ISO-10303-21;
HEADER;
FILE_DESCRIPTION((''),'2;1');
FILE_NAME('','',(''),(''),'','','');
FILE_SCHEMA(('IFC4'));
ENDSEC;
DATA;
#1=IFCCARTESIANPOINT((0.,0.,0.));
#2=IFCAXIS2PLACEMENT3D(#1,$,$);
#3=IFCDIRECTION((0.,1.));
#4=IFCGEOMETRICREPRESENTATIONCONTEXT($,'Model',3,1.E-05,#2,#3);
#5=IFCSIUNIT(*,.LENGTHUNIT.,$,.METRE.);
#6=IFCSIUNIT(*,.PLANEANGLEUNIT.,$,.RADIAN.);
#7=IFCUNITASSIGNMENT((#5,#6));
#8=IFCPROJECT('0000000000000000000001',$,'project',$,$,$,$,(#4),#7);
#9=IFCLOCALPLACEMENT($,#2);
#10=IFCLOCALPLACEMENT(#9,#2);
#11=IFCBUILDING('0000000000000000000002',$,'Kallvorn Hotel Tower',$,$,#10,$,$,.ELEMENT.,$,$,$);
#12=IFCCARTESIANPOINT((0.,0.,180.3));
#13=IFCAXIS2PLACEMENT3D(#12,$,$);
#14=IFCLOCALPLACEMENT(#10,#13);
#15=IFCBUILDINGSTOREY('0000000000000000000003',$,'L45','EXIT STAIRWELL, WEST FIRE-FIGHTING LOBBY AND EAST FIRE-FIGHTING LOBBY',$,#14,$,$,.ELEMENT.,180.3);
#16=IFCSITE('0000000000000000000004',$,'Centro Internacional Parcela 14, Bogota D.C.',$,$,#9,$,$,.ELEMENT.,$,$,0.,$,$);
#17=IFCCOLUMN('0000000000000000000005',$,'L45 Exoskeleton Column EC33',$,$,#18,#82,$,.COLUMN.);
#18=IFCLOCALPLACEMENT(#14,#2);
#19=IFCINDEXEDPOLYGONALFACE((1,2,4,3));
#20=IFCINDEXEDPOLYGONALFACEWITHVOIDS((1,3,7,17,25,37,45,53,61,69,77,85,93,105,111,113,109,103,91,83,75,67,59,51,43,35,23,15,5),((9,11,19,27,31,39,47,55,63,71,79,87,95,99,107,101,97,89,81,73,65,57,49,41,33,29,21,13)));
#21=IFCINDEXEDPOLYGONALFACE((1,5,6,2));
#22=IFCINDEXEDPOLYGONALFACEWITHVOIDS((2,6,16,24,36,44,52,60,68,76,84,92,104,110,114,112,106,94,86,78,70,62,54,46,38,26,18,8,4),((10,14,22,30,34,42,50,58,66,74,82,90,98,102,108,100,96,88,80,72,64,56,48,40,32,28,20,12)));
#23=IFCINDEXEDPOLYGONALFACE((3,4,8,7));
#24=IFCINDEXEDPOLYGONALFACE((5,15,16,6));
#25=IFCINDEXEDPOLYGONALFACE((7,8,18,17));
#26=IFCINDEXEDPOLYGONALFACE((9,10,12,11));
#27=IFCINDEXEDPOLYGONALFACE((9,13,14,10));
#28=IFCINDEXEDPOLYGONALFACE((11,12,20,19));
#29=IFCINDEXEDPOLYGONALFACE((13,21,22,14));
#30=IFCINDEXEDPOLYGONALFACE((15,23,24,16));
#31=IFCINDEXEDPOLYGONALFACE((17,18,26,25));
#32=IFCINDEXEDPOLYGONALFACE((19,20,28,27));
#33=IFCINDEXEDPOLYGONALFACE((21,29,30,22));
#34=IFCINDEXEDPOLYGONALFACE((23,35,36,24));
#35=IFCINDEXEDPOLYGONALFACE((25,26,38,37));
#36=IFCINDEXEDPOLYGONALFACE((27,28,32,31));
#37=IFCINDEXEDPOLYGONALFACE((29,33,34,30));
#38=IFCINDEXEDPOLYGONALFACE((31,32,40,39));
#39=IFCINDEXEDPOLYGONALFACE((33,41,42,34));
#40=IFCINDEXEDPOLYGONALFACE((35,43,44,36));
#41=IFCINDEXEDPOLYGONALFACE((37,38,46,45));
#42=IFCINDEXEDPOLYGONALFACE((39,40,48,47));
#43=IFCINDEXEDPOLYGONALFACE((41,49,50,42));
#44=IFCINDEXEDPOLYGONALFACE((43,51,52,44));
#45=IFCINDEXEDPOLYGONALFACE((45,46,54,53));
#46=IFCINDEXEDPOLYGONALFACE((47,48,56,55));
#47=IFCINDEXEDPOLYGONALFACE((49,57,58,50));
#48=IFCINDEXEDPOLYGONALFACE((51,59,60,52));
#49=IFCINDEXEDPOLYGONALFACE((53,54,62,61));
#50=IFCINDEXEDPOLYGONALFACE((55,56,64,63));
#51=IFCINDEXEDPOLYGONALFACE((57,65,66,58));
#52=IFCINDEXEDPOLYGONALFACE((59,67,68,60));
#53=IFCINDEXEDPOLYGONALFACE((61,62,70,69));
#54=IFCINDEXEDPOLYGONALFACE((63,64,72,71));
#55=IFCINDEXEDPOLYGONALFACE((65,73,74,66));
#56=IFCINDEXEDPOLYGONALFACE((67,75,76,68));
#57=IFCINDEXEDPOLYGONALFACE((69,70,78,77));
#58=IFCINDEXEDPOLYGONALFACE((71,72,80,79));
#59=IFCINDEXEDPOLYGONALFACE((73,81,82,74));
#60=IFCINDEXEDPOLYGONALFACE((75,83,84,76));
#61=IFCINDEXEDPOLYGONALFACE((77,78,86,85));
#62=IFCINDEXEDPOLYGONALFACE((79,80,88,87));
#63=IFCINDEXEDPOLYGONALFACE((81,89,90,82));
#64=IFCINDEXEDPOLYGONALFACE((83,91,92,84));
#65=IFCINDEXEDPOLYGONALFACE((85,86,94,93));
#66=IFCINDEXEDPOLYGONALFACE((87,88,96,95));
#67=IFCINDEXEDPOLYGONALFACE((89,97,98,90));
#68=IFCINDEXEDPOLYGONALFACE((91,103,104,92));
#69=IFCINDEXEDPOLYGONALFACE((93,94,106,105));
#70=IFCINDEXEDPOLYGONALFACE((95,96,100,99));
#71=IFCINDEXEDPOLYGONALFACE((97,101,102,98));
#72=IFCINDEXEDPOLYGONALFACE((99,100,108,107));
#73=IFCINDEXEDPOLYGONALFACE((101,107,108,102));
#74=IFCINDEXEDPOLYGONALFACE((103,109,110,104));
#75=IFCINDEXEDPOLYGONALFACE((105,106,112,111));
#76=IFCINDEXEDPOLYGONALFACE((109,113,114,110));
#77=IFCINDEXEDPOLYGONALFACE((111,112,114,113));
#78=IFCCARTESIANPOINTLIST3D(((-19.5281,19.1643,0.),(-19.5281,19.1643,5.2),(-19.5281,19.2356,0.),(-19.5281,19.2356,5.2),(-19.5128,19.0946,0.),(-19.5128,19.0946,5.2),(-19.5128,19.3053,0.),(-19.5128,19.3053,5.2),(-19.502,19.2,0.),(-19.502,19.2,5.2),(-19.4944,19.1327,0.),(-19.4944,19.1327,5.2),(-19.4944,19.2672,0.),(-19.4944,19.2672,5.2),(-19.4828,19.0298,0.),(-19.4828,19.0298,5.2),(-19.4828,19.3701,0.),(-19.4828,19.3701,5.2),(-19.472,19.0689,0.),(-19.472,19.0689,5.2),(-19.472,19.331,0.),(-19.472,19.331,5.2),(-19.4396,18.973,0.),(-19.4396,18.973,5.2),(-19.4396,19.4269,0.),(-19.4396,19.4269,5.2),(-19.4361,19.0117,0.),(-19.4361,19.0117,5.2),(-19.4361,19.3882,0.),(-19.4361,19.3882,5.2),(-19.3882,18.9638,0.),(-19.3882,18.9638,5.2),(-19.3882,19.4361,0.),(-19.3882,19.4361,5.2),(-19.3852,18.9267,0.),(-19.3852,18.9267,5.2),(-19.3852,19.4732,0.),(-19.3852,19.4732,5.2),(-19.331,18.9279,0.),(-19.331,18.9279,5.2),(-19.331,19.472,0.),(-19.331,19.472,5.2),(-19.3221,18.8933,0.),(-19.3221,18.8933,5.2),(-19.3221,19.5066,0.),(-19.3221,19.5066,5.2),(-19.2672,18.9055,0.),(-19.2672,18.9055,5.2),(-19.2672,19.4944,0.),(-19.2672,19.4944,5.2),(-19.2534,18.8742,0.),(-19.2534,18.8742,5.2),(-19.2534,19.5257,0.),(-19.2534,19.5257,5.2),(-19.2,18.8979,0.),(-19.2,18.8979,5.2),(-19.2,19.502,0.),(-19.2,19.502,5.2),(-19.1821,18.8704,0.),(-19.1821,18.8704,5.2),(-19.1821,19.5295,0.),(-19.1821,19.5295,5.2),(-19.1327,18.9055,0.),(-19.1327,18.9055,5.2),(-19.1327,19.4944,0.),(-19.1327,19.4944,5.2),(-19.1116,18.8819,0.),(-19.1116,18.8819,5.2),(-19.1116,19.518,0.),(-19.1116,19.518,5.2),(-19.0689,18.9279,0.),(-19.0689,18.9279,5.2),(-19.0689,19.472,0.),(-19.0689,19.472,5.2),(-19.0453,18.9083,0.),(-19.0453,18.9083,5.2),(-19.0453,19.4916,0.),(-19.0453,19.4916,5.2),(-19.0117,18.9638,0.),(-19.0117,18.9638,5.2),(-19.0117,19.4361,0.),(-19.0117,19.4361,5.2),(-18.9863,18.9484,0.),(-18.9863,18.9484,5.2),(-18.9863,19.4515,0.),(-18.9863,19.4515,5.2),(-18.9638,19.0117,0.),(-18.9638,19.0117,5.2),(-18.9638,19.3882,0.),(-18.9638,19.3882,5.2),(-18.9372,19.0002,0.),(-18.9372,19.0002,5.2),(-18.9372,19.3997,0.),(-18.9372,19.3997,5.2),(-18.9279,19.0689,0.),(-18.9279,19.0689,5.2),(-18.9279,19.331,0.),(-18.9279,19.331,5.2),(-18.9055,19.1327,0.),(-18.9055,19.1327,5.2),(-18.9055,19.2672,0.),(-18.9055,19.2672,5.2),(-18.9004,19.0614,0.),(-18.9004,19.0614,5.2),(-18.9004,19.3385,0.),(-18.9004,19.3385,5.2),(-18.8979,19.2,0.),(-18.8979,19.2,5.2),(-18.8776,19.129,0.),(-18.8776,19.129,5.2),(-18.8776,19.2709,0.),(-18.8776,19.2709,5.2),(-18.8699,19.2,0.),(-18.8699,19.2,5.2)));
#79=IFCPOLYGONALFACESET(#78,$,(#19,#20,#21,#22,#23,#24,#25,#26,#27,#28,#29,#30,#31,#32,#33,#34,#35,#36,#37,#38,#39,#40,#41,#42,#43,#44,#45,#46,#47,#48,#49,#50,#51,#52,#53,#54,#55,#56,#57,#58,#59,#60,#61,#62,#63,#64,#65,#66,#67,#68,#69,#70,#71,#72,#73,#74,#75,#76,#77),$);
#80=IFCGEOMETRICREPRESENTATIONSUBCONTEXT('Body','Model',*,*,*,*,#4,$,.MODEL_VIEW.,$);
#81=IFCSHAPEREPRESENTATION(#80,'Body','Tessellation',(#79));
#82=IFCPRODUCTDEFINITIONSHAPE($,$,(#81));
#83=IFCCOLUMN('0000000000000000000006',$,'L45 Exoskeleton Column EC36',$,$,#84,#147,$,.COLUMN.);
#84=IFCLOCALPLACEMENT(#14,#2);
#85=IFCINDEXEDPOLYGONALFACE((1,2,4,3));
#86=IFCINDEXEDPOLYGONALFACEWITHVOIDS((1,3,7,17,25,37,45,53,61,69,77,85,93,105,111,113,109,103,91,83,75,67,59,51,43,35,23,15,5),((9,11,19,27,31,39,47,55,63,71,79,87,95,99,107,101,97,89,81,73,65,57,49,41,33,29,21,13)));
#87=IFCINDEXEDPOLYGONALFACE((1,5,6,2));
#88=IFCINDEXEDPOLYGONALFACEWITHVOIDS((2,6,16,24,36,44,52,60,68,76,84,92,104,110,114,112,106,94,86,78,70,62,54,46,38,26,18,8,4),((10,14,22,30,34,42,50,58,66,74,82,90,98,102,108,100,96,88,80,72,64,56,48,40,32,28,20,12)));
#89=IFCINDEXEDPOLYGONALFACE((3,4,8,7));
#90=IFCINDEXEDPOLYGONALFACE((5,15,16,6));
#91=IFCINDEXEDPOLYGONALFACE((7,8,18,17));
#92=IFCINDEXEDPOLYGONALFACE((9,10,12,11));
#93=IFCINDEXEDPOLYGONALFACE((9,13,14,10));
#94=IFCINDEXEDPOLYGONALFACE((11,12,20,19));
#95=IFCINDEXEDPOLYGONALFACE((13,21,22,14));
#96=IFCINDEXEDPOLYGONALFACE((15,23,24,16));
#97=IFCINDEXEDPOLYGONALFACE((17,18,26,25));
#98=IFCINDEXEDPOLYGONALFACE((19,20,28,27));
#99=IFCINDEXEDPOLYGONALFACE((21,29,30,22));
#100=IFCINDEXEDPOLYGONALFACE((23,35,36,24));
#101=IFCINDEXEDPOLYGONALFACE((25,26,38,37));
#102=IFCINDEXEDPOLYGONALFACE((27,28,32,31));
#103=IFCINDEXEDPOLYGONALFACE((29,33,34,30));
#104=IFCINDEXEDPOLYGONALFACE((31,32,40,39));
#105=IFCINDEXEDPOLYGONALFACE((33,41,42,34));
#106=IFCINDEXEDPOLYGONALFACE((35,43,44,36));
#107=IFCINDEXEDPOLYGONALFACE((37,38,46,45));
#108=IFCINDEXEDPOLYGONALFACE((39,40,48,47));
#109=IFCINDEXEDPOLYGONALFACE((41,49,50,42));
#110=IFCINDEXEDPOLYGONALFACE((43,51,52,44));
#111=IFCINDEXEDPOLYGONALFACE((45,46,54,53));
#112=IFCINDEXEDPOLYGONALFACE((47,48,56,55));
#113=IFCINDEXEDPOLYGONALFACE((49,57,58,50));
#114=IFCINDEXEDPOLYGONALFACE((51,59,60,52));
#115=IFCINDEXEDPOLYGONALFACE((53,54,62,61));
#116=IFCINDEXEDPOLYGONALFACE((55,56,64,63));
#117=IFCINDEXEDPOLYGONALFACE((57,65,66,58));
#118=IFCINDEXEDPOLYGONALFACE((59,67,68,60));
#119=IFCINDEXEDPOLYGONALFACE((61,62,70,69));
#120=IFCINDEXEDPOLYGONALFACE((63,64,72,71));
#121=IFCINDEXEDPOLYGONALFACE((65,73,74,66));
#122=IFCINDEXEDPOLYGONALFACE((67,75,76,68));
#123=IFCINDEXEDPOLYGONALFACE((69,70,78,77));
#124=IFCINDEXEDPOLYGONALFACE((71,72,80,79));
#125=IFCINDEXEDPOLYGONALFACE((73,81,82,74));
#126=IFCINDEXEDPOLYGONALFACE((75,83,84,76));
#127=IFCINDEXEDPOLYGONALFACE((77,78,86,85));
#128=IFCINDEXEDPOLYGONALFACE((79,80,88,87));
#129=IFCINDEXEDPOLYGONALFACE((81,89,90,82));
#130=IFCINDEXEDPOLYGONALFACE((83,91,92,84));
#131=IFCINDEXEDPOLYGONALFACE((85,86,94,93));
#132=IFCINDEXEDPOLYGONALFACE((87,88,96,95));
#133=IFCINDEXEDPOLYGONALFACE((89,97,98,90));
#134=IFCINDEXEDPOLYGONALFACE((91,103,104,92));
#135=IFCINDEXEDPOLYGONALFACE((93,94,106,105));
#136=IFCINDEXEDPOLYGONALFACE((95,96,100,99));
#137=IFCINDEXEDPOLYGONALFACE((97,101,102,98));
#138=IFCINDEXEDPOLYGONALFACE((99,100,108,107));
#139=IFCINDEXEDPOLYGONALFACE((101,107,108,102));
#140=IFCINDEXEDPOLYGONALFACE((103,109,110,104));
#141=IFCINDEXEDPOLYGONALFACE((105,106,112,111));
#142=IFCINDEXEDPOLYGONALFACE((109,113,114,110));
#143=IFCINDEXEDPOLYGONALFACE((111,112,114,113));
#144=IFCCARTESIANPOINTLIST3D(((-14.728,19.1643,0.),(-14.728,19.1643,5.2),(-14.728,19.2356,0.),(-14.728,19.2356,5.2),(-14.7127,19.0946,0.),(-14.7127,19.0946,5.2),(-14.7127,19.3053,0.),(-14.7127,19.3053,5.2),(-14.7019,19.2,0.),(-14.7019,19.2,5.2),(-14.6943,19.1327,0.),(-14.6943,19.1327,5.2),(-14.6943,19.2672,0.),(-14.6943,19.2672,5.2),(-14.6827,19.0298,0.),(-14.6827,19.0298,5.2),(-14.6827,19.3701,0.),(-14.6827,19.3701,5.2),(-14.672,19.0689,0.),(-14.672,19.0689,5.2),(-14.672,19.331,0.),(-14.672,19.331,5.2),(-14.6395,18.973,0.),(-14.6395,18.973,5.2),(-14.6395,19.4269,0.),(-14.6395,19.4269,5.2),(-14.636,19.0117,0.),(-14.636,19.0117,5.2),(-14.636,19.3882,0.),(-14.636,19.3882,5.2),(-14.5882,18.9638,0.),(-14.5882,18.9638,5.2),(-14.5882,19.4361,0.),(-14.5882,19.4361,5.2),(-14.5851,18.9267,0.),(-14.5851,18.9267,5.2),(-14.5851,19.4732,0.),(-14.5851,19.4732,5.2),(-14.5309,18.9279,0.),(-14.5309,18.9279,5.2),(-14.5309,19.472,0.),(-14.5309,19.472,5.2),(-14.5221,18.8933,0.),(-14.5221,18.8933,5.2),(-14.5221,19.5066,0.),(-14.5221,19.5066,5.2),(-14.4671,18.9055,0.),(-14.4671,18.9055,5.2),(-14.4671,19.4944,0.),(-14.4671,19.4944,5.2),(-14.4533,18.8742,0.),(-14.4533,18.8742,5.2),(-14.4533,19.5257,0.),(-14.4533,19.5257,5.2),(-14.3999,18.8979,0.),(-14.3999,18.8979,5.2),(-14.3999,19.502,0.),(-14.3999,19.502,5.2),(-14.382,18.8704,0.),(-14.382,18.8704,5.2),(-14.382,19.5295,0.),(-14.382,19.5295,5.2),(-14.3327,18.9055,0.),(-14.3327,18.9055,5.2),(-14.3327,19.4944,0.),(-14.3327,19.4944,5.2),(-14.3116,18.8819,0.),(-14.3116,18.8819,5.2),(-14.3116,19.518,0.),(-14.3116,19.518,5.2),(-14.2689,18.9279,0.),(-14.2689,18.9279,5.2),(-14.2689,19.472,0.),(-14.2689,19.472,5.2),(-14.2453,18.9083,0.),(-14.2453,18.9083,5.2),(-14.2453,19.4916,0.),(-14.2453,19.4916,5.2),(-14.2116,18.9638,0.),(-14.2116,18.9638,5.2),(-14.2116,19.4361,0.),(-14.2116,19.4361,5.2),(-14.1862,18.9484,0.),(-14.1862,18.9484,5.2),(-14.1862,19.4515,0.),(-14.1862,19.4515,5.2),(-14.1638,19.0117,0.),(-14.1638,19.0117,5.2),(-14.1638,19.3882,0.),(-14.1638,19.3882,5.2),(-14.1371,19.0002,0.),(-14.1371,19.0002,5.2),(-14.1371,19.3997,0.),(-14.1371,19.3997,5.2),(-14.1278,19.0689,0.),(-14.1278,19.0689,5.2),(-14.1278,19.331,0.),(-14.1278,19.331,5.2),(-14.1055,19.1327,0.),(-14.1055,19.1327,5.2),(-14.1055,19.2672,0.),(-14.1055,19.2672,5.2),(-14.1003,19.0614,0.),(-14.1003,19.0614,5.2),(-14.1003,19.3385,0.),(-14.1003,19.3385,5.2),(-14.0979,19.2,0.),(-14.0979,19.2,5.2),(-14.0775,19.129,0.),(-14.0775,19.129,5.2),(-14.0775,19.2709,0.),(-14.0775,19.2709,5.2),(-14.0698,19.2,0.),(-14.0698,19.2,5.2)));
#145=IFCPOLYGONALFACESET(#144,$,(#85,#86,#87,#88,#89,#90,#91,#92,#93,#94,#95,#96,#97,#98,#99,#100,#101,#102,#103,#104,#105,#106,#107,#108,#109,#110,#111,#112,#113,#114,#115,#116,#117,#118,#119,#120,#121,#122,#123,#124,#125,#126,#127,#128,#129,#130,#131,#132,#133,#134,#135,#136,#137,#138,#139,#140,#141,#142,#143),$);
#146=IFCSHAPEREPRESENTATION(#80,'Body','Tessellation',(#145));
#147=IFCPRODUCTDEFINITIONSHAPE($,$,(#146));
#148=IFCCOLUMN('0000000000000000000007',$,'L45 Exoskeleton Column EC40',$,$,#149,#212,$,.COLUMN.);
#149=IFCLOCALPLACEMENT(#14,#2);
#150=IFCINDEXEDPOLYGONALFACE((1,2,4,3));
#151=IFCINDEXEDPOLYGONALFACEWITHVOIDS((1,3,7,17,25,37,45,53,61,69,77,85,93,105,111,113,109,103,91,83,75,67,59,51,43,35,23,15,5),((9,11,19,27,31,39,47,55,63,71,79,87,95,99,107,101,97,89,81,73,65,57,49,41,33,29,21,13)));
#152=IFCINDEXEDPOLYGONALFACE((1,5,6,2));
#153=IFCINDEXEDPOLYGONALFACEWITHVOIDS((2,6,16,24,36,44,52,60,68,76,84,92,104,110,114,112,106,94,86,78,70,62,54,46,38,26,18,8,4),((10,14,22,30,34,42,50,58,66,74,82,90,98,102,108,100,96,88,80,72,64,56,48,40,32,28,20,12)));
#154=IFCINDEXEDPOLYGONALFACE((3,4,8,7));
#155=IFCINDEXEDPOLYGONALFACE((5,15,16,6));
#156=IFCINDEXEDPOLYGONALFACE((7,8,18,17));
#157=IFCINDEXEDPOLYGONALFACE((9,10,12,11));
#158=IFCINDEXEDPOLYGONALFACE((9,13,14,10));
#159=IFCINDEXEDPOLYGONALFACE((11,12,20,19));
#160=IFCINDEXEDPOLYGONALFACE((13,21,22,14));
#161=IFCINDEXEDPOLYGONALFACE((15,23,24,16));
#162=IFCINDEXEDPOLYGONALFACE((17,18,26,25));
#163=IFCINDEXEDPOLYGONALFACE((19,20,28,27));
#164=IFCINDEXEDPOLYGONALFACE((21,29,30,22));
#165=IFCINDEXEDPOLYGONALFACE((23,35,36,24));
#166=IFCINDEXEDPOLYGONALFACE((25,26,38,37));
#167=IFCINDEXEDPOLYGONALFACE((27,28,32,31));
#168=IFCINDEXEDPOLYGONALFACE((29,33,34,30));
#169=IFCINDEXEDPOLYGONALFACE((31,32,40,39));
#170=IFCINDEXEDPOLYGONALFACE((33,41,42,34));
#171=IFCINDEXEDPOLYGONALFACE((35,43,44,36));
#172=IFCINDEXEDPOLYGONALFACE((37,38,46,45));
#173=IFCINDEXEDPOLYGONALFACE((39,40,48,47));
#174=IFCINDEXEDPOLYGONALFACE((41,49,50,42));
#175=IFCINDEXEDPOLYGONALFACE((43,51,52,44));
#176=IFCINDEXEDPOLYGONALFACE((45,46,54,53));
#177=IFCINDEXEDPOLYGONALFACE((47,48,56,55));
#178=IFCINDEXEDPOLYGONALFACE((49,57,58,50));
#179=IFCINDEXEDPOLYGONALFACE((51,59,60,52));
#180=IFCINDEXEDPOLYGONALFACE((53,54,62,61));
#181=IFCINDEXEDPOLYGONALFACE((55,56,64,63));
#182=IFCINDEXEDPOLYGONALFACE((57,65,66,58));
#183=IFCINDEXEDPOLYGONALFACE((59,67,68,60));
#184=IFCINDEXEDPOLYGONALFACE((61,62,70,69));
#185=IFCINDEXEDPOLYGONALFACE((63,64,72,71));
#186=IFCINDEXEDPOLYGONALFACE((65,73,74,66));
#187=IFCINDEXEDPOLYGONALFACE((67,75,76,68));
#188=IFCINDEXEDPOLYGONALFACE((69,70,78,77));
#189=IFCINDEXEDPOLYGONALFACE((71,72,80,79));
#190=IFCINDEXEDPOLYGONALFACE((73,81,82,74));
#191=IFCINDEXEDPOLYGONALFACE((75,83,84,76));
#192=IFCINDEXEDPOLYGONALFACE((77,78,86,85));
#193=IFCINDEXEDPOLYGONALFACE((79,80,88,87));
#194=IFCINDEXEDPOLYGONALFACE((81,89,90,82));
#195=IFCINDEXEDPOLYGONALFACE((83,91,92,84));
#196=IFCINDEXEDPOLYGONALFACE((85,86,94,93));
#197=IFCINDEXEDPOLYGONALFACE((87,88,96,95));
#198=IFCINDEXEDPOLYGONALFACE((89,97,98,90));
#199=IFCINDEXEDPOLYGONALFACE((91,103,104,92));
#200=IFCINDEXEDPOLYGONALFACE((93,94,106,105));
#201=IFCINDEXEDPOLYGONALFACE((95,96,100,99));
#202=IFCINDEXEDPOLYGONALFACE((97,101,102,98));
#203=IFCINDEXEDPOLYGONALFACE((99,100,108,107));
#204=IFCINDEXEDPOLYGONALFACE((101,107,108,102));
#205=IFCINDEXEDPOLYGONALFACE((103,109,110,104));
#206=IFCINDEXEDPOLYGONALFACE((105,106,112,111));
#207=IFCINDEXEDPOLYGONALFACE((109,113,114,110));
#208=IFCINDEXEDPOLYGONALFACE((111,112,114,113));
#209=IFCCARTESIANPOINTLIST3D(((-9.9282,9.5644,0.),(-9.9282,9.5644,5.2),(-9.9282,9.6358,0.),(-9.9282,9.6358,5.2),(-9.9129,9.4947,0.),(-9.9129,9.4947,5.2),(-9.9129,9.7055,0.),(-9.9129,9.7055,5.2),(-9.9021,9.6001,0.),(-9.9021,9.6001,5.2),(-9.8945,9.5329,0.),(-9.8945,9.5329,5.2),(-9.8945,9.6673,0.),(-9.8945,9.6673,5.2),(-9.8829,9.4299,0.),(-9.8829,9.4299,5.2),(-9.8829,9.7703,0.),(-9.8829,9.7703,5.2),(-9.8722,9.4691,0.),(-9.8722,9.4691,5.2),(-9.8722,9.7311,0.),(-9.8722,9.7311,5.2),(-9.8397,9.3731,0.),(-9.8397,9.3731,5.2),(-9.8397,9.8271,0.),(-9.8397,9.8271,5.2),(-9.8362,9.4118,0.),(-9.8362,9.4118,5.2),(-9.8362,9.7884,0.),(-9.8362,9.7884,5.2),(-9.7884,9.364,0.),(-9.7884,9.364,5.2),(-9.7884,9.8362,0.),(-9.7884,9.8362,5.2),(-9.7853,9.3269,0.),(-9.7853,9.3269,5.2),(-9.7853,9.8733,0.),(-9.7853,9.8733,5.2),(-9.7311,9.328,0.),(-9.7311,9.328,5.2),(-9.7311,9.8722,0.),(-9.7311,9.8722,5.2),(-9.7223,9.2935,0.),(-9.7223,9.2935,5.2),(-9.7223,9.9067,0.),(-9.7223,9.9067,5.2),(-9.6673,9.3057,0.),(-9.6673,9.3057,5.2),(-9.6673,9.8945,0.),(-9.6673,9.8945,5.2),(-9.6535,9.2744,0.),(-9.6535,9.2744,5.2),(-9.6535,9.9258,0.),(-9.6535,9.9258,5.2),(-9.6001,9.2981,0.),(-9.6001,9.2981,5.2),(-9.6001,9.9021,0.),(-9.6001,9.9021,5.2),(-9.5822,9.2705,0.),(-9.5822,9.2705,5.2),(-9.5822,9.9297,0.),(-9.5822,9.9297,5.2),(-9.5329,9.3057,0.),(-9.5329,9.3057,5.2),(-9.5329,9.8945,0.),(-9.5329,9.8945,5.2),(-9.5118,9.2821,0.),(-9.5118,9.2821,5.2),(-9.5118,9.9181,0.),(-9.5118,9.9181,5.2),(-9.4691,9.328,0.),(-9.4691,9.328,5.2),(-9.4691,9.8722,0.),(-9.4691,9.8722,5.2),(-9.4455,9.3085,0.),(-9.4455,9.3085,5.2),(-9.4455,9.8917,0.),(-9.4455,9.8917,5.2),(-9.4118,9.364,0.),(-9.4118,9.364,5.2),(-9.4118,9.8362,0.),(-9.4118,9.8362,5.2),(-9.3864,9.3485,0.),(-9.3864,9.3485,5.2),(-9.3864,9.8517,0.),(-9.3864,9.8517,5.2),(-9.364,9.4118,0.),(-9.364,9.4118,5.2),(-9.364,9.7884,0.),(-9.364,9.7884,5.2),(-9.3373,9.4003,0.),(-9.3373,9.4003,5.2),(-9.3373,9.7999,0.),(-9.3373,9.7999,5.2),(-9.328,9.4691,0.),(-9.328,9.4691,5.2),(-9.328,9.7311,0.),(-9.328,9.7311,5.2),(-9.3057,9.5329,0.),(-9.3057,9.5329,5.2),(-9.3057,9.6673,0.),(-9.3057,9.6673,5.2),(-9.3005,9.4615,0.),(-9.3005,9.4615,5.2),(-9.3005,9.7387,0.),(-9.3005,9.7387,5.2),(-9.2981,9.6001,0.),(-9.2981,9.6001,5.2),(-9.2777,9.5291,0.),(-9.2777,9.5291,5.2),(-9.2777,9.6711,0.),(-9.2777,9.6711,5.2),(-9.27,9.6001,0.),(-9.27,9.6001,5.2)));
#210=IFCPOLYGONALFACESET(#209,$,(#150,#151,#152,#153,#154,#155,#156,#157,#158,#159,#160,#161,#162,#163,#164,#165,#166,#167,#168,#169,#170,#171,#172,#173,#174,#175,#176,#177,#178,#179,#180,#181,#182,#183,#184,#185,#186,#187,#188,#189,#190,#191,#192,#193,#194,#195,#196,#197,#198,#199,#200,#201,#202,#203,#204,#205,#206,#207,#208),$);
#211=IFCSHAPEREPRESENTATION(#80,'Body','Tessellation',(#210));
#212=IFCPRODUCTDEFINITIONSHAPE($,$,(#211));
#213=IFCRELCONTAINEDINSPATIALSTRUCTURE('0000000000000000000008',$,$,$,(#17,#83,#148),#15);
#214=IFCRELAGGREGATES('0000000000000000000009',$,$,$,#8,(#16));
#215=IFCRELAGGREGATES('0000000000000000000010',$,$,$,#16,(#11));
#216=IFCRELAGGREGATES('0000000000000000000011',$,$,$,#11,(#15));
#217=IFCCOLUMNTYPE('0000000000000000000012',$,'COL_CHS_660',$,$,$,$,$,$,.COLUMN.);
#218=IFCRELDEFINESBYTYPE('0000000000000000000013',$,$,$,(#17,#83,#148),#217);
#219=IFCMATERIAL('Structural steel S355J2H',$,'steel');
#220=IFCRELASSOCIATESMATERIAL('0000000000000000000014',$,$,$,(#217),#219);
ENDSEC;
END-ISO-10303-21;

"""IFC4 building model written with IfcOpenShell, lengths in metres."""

from ifc_helpers import new_model, si_unit, direction, frame, origin, origin_2d, place, context, subcontext, project, spatial, hollow_circle, extrude, material, material_profile, profile_set, type_object, element, save


model = new_model("IFC4")

# Units and contexts
model_context = context("Model", 3, precision=1e-05, world=origin(), true_north=direction((0.0, 1.0)))
body_context = subcontext(model_context, "Body", "Model", "MODEL_VIEW")
ifc_project = project(units=[si_unit("LENGTHUNIT", "METRE"), si_unit("PLANEANGLEUNIT", "RADIAN")], contexts=[model_context])

# Site, building, storey
site_placement = place(None, origin())
site = spatial("IfcSite", under=ifc_project, at=site_placement, Name="Centro Internacional Parcela 14, Bogota D.C.", CompositionType="ELEMENT", RefElevation=0.0)
building_placement = place(site_placement, origin())
building = spatial("IfcBuilding", under=site, at=building_placement, Name="Kallvorn Hotel Tower", CompositionType="ELEMENT")
storey_placement = place(building_placement, frame((0.0, 0.0, 180.3)))
storey = spatial("IfcBuildingStorey", under=building, at=storey_placement, Name="L45", Description="EXIT STAIRWELL, WEST FIRE-FIGHTING LOBBY AND EAST FIRE-FIGHTING LOBBY", CompositionType="ELEMENT", Elevation=180.3)

# Columns
ifc_material_1 = material(Name="Structural steel S355J2H", Category="steel")
ifc_material_profile_1 = material_profile(ifc_material_1, hollow_circle(Radius=0.3301, WallThickness=0.0281, at=origin_2d()), Name="CHS 660x28")
ifc_profile_set_1 = profile_set([ifc_material_profile_1], Name="Structural steel S355J2H")
column_type_1 = type_object("IfcColumnType", Name="COL_CHS_660", PredefinedType="COLUMN", material=ifc_profile_set_1)
for number, where, z_axis, x_axis, name in (
    (1, (-19.2, 19.2, 0.0), (0.0, 0.0, 1.0), (1.0, 0.0, 0.0), "L45 Exoskeleton Column EC33"),
    (2, (-14.3999, 19.2, 0.0), (0.0, 0.0, 1.0), (1.0, 0.0, 0.0), "L45 Exoskeleton Column EC36"),
    (3, (-9.6001, 9.6001, 0.0), (0.0, 0.0, 1.0), (1.0, 0.0, 0.0), "L45 Exoskeleton Column EC40"),
):
    element("IfcColumn", number, at=place(storey_placement, frame(where, z_axis=z_axis, x_axis=x_axis)), inside=storey, type_object=column_type_1, Name=name, PredefinedType="COLUMN", context=body_context, shape_type="SweptSolid", body=[
        extrude(hollow_circle(Radius=0.3301, WallThickness=0.0281, at=origin_2d()), origin(), (0.0, 0.0, 1.0), 5.2),
    ])

save(model, "model.ifc")
